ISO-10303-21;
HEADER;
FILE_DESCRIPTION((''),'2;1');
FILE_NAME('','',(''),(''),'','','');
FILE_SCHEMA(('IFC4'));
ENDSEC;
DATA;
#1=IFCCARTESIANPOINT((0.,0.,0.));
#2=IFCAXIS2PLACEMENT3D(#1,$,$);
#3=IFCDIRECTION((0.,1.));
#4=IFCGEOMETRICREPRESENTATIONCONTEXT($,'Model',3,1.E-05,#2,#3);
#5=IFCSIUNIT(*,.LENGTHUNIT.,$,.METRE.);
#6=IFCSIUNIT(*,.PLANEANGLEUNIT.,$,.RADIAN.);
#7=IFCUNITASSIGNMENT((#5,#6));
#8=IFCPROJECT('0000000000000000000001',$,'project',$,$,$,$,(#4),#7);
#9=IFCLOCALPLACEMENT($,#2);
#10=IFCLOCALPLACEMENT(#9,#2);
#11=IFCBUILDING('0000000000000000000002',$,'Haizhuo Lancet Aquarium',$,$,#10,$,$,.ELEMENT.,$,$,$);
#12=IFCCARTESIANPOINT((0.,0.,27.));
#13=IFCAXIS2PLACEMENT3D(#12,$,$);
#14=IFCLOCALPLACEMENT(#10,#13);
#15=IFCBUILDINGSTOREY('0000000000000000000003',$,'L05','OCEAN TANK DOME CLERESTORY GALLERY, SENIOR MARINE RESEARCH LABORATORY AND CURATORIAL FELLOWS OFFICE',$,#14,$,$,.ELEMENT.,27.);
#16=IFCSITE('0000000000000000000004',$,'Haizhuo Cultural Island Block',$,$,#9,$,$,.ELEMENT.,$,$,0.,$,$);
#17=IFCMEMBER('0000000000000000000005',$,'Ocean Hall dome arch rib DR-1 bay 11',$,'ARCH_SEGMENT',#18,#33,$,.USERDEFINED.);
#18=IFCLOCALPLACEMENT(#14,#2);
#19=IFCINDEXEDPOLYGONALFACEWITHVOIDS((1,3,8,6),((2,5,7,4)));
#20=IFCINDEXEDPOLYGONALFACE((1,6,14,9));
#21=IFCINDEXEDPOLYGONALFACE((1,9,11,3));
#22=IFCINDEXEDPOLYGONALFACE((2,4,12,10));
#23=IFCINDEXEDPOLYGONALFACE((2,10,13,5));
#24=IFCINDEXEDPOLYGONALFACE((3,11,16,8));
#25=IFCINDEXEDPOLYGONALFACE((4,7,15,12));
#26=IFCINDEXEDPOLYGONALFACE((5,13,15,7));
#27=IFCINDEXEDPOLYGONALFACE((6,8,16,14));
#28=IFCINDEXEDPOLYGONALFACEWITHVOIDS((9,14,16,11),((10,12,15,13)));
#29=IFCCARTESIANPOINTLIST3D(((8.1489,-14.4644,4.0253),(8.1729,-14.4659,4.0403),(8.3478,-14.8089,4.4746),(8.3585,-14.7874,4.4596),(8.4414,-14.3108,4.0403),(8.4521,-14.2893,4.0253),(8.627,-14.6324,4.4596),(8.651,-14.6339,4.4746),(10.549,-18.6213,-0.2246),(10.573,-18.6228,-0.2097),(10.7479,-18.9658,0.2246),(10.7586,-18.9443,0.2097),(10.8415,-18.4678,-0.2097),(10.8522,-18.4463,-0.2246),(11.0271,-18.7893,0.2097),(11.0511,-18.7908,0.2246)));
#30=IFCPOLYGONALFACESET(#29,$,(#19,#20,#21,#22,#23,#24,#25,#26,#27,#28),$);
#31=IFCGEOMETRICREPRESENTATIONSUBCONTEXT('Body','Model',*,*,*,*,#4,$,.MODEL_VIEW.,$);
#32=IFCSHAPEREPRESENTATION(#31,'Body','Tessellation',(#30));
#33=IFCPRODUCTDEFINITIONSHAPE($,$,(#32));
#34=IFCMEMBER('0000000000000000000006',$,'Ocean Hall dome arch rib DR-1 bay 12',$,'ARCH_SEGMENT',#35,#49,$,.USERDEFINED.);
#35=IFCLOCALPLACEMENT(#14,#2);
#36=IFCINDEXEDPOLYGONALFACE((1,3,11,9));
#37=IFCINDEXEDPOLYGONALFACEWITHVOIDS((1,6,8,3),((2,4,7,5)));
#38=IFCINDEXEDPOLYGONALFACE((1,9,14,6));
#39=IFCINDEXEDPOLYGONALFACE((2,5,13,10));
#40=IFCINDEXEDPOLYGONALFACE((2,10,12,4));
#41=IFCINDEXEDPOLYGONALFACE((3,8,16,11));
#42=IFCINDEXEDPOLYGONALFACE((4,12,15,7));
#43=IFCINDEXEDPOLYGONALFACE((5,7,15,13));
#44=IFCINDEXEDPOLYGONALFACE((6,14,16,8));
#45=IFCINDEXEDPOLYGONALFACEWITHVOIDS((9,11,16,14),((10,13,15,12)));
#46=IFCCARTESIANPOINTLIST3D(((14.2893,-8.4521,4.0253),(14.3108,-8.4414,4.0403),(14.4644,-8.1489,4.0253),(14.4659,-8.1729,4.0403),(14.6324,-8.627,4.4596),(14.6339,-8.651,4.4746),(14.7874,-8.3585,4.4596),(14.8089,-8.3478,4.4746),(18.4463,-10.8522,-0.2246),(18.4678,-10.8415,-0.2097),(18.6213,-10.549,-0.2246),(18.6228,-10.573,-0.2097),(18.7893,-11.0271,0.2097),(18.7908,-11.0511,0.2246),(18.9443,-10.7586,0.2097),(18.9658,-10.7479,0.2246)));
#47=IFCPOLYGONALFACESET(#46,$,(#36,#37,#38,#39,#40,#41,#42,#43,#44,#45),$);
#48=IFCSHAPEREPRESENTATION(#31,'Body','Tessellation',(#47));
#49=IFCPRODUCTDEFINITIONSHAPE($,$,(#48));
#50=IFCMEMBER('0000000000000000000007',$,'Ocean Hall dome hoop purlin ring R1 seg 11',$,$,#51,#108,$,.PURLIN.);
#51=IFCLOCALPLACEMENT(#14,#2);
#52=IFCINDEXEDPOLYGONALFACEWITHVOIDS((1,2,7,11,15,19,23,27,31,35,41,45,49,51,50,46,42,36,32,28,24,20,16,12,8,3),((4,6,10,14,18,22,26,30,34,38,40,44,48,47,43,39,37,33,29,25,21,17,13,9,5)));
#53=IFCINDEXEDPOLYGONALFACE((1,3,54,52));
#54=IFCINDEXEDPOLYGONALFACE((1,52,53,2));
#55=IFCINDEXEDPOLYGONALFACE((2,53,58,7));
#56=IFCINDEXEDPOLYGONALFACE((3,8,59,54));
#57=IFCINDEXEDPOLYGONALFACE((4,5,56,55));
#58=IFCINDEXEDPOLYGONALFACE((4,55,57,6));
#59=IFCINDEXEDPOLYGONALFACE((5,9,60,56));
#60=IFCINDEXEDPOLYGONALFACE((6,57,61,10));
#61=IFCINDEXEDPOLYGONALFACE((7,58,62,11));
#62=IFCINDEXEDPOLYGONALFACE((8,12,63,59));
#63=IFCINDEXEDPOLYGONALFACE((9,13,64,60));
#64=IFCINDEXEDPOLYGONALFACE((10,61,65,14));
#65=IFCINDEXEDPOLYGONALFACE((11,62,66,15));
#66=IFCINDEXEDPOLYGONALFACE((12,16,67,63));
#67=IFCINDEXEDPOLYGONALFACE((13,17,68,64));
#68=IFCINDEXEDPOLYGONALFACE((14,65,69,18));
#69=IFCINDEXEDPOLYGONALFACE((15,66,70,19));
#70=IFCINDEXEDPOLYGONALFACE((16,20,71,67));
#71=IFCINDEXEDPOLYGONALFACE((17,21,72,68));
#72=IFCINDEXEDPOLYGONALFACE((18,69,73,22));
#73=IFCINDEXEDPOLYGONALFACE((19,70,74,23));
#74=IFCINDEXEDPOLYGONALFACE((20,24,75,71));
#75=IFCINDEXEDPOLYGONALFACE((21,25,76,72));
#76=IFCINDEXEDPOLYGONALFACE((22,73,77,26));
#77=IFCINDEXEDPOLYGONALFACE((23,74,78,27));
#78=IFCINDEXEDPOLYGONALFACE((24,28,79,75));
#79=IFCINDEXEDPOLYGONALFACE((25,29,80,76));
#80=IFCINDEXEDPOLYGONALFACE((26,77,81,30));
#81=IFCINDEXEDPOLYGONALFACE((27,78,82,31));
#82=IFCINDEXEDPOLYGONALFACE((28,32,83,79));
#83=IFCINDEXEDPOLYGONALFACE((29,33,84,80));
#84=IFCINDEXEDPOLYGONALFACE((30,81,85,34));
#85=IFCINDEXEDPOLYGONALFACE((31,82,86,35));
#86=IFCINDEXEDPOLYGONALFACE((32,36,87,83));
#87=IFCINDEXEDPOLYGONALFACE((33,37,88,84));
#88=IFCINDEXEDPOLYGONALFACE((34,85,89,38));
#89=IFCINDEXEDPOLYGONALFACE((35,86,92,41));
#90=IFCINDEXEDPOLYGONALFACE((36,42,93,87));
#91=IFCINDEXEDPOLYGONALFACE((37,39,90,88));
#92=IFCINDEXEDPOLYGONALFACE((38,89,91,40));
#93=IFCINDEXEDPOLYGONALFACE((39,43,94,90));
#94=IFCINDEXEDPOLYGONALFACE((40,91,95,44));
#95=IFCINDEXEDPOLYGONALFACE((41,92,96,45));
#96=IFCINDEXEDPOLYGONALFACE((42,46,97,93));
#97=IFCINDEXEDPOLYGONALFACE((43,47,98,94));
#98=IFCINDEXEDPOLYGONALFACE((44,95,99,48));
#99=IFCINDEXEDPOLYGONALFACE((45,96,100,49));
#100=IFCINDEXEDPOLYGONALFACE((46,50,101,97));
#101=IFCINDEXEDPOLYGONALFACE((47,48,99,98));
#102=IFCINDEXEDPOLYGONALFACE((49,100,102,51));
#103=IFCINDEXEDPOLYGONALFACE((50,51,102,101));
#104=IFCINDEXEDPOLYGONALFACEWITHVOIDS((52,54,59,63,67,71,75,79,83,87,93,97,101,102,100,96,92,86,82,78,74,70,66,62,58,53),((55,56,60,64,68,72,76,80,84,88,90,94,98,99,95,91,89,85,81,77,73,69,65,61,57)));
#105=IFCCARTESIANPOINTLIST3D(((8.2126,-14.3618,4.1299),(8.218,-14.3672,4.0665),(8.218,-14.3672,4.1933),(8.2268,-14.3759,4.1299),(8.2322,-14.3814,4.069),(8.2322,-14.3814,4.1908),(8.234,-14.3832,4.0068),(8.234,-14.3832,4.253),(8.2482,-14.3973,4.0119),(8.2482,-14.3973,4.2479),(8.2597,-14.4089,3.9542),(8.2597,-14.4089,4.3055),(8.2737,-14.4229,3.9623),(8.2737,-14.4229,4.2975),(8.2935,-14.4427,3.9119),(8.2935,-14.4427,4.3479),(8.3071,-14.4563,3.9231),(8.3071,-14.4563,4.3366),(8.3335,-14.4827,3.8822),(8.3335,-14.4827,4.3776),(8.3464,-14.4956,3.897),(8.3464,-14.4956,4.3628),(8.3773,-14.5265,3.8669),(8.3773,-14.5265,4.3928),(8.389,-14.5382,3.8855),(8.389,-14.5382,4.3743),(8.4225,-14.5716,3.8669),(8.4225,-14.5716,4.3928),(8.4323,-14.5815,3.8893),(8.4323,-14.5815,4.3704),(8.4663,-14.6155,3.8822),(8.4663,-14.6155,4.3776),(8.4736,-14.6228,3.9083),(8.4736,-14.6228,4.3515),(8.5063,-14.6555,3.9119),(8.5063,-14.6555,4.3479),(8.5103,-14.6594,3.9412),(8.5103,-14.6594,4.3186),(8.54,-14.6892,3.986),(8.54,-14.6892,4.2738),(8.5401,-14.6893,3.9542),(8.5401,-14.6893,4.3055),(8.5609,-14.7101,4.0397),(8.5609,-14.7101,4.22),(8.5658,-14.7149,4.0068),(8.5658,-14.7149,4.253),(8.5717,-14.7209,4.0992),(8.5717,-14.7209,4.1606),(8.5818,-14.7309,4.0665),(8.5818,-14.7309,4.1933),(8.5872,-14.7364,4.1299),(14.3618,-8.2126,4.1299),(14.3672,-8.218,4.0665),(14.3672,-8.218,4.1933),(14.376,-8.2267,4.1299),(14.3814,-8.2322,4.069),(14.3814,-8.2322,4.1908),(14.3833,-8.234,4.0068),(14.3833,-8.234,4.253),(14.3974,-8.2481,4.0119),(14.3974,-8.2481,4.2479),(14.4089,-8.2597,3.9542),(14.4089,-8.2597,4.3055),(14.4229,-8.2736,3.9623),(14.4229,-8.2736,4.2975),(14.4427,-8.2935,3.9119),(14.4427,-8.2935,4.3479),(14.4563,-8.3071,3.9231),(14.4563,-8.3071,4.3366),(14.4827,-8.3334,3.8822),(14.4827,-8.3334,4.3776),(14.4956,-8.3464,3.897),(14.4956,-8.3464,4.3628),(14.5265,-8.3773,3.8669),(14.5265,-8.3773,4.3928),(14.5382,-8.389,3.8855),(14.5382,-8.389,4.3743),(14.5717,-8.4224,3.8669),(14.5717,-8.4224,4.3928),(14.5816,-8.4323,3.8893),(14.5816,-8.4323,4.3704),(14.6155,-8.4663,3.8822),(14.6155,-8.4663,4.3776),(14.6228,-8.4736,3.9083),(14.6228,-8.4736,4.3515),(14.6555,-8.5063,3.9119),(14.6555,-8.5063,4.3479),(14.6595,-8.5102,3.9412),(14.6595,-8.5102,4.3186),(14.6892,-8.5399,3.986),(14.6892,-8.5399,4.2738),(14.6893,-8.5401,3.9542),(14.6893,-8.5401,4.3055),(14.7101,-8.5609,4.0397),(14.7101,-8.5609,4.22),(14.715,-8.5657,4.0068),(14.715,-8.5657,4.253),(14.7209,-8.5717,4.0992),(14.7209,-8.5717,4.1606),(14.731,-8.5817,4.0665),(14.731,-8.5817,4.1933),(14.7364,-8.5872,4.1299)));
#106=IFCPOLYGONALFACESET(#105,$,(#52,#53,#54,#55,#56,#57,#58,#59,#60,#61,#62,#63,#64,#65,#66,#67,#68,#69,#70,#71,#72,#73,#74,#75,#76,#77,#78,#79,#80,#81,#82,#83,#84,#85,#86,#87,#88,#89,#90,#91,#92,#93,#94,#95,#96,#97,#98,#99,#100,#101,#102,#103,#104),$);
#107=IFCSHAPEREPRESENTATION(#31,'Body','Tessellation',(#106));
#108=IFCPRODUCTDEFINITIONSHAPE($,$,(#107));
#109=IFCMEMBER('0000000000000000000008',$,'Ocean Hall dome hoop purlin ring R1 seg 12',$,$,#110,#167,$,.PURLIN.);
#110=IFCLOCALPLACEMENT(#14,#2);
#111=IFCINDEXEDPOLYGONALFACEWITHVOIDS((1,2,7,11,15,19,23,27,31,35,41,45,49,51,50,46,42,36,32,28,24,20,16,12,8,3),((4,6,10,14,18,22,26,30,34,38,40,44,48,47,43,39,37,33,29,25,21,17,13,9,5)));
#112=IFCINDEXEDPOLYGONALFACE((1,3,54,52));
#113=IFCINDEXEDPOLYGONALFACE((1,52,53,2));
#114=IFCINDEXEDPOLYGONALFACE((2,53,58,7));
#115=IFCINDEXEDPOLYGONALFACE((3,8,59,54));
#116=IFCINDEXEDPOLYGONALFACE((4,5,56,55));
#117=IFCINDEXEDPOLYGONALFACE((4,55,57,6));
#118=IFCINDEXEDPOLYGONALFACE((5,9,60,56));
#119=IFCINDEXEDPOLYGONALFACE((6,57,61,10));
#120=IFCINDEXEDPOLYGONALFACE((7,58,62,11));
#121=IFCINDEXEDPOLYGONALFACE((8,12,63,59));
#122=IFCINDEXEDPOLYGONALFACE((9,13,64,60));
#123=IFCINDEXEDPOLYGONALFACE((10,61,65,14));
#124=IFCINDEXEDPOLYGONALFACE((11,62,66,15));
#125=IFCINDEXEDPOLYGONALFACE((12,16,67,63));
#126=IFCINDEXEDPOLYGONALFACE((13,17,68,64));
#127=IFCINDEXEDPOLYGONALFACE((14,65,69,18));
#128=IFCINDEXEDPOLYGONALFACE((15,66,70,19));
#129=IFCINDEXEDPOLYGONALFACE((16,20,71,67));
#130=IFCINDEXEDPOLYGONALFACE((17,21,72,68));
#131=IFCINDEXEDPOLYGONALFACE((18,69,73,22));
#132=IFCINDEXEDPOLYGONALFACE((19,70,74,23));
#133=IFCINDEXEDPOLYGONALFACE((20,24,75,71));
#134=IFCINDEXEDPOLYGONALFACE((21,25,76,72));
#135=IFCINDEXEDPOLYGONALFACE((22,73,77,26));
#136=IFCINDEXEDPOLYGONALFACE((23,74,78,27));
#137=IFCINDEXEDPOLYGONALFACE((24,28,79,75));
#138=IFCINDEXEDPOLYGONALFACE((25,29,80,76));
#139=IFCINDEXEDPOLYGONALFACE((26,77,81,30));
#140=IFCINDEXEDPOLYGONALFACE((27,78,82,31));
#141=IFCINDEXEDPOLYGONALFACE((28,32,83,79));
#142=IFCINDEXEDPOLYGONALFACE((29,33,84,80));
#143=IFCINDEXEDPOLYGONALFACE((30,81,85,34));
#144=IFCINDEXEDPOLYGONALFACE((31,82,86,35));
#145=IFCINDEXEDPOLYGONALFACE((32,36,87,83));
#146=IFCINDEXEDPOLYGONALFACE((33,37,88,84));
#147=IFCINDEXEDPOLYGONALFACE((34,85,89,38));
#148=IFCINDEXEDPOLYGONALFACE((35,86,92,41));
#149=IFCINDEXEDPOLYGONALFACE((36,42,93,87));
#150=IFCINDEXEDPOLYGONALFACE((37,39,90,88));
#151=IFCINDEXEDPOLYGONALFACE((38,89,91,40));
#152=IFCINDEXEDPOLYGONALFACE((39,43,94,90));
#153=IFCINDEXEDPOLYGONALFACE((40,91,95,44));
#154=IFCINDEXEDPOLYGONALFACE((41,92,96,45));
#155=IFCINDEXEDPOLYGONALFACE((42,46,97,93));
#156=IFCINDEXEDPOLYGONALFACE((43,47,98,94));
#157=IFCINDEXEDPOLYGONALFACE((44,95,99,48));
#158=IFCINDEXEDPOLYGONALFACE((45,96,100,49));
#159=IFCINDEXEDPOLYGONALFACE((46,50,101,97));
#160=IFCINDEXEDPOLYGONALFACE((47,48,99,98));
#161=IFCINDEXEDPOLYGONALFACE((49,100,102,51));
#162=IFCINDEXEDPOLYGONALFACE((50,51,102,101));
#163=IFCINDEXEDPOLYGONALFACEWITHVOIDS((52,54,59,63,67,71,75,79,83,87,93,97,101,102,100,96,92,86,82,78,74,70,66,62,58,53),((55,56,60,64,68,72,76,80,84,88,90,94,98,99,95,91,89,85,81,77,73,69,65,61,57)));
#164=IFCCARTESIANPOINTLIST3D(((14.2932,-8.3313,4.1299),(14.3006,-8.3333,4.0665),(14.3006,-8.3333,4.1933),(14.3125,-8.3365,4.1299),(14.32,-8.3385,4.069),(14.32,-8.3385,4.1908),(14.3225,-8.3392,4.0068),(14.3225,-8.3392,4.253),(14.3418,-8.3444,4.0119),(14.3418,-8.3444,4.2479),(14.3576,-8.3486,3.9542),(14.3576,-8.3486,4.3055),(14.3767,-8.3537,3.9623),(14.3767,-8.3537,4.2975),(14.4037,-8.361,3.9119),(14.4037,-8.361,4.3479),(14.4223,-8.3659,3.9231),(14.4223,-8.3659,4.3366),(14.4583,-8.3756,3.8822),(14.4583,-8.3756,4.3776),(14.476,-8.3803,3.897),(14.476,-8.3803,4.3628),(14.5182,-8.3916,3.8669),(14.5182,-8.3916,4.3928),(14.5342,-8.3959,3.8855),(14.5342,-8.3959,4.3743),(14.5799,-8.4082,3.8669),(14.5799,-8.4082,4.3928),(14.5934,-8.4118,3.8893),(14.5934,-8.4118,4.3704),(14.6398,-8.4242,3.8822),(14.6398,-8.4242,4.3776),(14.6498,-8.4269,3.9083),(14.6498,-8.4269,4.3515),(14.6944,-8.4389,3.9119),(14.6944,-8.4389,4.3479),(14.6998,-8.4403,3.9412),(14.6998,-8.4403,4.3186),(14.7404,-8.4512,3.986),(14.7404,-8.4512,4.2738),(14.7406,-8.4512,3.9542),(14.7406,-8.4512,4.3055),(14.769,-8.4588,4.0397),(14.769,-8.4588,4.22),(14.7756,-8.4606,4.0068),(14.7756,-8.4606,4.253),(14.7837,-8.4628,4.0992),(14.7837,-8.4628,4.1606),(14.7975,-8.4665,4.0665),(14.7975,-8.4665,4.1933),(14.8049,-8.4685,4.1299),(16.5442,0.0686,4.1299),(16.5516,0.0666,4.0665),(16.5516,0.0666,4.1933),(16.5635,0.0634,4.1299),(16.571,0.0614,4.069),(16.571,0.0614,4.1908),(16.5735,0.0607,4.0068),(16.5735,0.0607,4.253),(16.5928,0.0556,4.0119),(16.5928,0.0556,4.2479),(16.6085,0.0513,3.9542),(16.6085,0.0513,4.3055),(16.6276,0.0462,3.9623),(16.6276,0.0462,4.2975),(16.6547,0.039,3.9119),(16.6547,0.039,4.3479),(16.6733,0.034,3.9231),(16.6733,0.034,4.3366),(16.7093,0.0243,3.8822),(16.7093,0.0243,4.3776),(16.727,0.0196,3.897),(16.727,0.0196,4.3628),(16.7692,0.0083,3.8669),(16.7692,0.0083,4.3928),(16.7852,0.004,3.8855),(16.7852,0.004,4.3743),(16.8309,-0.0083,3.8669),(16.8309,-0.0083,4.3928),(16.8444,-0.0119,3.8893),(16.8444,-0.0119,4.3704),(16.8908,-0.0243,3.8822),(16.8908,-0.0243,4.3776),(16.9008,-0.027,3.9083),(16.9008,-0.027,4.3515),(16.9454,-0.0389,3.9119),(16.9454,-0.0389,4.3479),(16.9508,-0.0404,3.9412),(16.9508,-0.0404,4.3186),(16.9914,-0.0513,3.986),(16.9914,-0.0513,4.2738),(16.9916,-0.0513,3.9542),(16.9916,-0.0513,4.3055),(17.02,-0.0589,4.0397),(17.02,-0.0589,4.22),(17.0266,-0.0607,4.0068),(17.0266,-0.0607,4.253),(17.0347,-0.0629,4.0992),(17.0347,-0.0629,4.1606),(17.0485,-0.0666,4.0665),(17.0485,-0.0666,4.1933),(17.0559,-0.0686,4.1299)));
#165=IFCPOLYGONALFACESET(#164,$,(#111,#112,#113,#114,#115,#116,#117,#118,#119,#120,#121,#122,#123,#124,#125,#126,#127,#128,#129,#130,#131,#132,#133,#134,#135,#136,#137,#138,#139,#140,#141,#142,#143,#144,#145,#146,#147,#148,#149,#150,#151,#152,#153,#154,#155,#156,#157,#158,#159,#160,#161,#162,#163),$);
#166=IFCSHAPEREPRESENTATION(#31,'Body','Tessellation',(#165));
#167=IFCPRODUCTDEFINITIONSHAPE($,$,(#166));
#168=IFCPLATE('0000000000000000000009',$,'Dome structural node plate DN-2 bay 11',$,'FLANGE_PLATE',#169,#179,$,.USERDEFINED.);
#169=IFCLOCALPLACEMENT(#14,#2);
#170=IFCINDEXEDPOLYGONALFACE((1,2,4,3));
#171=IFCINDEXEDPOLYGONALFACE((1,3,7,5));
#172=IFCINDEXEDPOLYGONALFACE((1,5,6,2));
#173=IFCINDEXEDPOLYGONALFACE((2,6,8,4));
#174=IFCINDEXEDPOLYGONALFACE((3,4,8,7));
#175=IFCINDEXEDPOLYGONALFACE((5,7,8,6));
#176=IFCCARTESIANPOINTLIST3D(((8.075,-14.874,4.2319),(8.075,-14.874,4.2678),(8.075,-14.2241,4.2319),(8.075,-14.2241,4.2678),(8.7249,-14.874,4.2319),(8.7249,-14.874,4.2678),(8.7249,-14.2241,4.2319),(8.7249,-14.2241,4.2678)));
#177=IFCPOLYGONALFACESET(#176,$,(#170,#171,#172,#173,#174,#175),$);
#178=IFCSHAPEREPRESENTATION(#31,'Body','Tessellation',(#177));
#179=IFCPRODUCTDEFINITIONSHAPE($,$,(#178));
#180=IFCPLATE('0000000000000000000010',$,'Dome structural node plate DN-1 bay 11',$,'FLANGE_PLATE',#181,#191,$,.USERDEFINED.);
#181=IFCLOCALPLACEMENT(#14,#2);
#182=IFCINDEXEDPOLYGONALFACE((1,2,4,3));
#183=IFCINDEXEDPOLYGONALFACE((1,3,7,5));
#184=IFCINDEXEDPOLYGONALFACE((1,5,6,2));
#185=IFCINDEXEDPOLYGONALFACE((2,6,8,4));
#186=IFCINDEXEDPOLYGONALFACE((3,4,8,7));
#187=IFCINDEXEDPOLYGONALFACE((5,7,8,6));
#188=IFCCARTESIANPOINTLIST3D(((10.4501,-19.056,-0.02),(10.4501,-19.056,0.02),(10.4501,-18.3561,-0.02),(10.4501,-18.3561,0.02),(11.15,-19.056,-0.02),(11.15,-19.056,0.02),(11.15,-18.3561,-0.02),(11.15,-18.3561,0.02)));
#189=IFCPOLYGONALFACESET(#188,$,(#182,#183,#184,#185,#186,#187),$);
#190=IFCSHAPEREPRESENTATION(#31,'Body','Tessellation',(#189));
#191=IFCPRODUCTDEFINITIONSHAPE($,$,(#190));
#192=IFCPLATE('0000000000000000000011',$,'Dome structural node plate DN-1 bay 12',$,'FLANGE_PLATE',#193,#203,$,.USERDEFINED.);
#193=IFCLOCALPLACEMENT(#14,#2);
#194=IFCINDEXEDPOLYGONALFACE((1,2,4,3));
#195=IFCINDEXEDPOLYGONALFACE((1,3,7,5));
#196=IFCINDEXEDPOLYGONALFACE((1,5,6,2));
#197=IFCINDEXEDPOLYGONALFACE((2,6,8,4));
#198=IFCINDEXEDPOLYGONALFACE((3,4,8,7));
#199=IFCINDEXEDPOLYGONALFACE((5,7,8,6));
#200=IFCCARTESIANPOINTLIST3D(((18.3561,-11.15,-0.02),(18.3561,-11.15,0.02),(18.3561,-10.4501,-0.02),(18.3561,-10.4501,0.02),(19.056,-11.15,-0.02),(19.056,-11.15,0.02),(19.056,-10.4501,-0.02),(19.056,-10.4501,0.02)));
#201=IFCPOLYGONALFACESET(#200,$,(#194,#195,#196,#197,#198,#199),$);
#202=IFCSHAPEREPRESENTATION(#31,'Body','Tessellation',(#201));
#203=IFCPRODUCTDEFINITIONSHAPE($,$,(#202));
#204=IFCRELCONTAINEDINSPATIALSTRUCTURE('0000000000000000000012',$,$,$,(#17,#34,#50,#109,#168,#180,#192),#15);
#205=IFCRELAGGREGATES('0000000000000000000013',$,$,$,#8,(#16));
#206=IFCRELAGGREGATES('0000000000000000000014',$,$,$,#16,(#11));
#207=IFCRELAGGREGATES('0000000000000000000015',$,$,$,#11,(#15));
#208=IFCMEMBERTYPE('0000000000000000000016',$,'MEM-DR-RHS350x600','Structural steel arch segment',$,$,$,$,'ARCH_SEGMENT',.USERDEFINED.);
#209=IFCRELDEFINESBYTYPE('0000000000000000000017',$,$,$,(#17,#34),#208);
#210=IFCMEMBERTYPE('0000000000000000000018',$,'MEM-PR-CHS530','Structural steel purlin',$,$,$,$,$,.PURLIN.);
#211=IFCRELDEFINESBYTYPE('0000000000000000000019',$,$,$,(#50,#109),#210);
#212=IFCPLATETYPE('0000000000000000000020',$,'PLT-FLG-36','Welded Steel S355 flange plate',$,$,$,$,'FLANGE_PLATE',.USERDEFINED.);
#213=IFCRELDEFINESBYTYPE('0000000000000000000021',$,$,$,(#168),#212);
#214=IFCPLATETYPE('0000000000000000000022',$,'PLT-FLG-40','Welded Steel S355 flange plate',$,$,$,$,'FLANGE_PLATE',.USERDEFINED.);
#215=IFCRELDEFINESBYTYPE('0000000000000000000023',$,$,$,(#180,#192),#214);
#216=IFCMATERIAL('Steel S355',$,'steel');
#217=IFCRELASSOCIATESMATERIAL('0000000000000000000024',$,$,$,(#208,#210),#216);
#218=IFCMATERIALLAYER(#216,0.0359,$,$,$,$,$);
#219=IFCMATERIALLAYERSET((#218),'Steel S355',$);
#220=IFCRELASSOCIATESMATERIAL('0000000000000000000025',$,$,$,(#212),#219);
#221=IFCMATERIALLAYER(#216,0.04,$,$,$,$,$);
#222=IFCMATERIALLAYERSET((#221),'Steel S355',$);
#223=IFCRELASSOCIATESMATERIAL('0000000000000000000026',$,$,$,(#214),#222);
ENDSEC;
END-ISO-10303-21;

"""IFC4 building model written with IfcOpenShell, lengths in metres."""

from ifc_helpers import new_model, si_unit, direction, frame, origin, origin_2d, place, context, subcontext, project, spatial, rectangle, hollow_rectangle, hollow_circle, extrude, material, layer, layer_set, material_profile, profile_set, type_object, element, save


model = new_model("IFC4")

# Units and contexts
model_context = context("Model", 3, precision=1e-05, world=origin(), true_north=direction((0.0, 1.0)))
body_context = subcontext(model_context, "Body", "Model", "MODEL_VIEW")
ifc_project = project(units=[si_unit("LENGTHUNIT", "METRE"), si_unit("PLANEANGLEUNIT", "RADIAN")], contexts=[model_context])

# Site, building, storey
site_placement = place(None, origin())
site = spatial("IfcSite", under=ifc_project, at=site_placement, Name="Haizhuo Cultural Island Block", CompositionType="ELEMENT", RefElevation=0.0)
building_placement = place(site_placement, origin())
building = spatial("IfcBuilding", under=site, at=building_placement, Name="Haizhuo Lancet Aquarium", CompositionType="ELEMENT")
storey_placement = place(building_placement, frame((0.0, 0.0, 27.0)))
storey = spatial("IfcBuildingStorey", under=building, at=storey_placement, Name="L05", Description="OCEAN TANK DOME CLERESTORY GALLERY, SENIOR MARINE RESEARCH LABORATORY AND CURATORIAL FELLOWS OFFICE", CompositionType="ELEMENT", Elevation=27.0)

# Members
ifc_material_1 = material(Name="Steel S355", Category="steel")
ifc_material_profile_1 = material_profile(ifc_material_1, hollow_rectangle(XDim=0.3501, YDim=0.6001, WallThickness=0.02, at=origin_2d()), Name="RHS 350x600x20")
ifc_profile_set_1 = profile_set([ifc_material_profile_1], Name="Steel S355")
member_type_1 = type_object("IfcMemberType", Name="MEM-DR-RHS350x600", Description="Structural steel arch segment", ElementType="ARCH_SEGMENT", PredefinedType="USERDEFINED", material=ifc_profile_set_1)
for number, where, z_axis, x_axis, name in (
    (1, (10.8, -18.7061, 0.0), (-0.374367, 0.648392, 0.662901), (-0.866015, -0.500017, 0.0), "Ocean Hall dome arch rib DR-1 bay 11"),
    (2, (18.7061, -10.8, 0.0), (-0.648392, 0.374367, 0.662901), (-0.500017, -0.866015, 0.0), "Ocean Hall dome arch rib DR-1 bay 12"),
):
    element("IfcMember", number, at=place(storey_placement, frame(where, z_axis=z_axis, x_axis=x_axis)), inside=storey, type_object=member_type_1, Name=name, ObjectType="ARCH_SEGMENT", PredefinedType="USERDEFINED", context=body_context, shape_type="SweptSolid", body=[
        extrude(hollow_rectangle(XDim=0.3501, YDim=0.6001, WallThickness=0.02, at=origin_2d()), origin(), (0.0, 0.0, 1.0), 6.4111),
    ])
ifc_material_profile_2 = material_profile(ifc_material_1, hollow_circle(Radius=0.2649, WallThickness=0.02, at=origin_2d()), Name="CHS 530x20")
ifc_profile_set_2 = profile_set([ifc_material_profile_2], Name="Steel S355")
member_type_2 = type_object("IfcMemberType", Name="MEM-PR-CHS530", Description="Structural steel purlin", PredefinedType="PURLIN", material=ifc_profile_set_2)
for number, where, z_axis, x_axis, name in (
    (3, (8.3999, -14.5491, 4.1299), (0.707107, 0.707107, 0.0), (-0.707107, 0.707107, 0.0), "Ocean Hall dome hoop purlin ring R1 seg 11"),
    (4, (14.5491, -8.3999, 4.1299), (0.258844, 0.965919, 0.0), (-0.965919, 0.258844, 0.0), "Ocean Hall dome hoop purlin ring R1 seg 12"),
):
    element("IfcMember", number, at=place(storey_placement, frame(where, z_axis=z_axis, x_axis=x_axis)), inside=storey, type_object=member_type_2, Name=name, PredefinedType="PURLIN", context=body_context, shape_type="SweptSolid", body=[
        extrude(hollow_circle(Radius=0.2649, WallThickness=0.02, at=origin_2d()), origin(), (0.0, 0.0, 1.0), 8.6963),
    ])

# Plates
ifc_layer_1 = layer(ifc_material_1, 0.0359)
ifc_layer_set_1 = layer_set([ifc_layer_1], Name="Steel S355")
plate_type_1 = type_object("IfcPlateType", Name="PLT-FLG-36", Description="Welded Steel S355 flange plate", ElementType="FLANGE_PLATE", PredefinedType="USERDEFINED", material=ifc_layer_set_1)
plate_1_placement = place(storey_placement, frame((8.3999, -14.5491, 4.2319), z_axis=(0.0, 0.0, 1.0), x_axis=(1.0, 0.0, 0.0)))
element("IfcPlate", 5, at=plate_1_placement, inside=storey, type_object=plate_type_1, Name="Dome structural node plate DN-2 bay 11", ObjectType="FLANGE_PLATE", PredefinedType="USERDEFINED", context=body_context, shape_type="SweptSolid", body=[
    extrude(rectangle(XDim=0.6499, YDim=0.6499, at=origin_2d()), origin(), (0.0, 0.0, 1.0), 0.0359),
])
ifc_layer_2 = layer(ifc_material_1, 0.04)
ifc_layer_set_2 = layer_set([ifc_layer_2], Name="Steel S355")
plate_type_2 = type_object("IfcPlateType", Name="PLT-FLG-40", Description="Welded Steel S355 flange plate", ElementType="FLANGE_PLATE", PredefinedType="USERDEFINED", material=ifc_layer_set_2)
for number, where, z_axis, x_axis, name in (
    (6, (10.8, -18.7061, -0.02), (0.0, 0.0, 1.0), (1.0, 0.0, 0.0), "Dome structural node plate DN-1 bay 11"),
    (7, (18.7061, -10.8, -0.02), (0.0, 0.0, 1.0), (1.0, 0.0, 0.0), "Dome structural node plate DN-1 bay 12"),
):
    element("IfcPlate", number, at=place(storey_placement, frame(where, z_axis=z_axis, x_axis=x_axis)), inside=storey, type_object=plate_type_2, Name=name, ObjectType="FLANGE_PLATE", PredefinedType="USERDEFINED", context=body_context, shape_type="SweptSolid", body=[
        extrude(rectangle(XDim=0.7, YDim=0.7, at=origin_2d()), origin(), (0.0, 0.0, 1.0), 0.04),
    ])

save(model, "model.ifc")
